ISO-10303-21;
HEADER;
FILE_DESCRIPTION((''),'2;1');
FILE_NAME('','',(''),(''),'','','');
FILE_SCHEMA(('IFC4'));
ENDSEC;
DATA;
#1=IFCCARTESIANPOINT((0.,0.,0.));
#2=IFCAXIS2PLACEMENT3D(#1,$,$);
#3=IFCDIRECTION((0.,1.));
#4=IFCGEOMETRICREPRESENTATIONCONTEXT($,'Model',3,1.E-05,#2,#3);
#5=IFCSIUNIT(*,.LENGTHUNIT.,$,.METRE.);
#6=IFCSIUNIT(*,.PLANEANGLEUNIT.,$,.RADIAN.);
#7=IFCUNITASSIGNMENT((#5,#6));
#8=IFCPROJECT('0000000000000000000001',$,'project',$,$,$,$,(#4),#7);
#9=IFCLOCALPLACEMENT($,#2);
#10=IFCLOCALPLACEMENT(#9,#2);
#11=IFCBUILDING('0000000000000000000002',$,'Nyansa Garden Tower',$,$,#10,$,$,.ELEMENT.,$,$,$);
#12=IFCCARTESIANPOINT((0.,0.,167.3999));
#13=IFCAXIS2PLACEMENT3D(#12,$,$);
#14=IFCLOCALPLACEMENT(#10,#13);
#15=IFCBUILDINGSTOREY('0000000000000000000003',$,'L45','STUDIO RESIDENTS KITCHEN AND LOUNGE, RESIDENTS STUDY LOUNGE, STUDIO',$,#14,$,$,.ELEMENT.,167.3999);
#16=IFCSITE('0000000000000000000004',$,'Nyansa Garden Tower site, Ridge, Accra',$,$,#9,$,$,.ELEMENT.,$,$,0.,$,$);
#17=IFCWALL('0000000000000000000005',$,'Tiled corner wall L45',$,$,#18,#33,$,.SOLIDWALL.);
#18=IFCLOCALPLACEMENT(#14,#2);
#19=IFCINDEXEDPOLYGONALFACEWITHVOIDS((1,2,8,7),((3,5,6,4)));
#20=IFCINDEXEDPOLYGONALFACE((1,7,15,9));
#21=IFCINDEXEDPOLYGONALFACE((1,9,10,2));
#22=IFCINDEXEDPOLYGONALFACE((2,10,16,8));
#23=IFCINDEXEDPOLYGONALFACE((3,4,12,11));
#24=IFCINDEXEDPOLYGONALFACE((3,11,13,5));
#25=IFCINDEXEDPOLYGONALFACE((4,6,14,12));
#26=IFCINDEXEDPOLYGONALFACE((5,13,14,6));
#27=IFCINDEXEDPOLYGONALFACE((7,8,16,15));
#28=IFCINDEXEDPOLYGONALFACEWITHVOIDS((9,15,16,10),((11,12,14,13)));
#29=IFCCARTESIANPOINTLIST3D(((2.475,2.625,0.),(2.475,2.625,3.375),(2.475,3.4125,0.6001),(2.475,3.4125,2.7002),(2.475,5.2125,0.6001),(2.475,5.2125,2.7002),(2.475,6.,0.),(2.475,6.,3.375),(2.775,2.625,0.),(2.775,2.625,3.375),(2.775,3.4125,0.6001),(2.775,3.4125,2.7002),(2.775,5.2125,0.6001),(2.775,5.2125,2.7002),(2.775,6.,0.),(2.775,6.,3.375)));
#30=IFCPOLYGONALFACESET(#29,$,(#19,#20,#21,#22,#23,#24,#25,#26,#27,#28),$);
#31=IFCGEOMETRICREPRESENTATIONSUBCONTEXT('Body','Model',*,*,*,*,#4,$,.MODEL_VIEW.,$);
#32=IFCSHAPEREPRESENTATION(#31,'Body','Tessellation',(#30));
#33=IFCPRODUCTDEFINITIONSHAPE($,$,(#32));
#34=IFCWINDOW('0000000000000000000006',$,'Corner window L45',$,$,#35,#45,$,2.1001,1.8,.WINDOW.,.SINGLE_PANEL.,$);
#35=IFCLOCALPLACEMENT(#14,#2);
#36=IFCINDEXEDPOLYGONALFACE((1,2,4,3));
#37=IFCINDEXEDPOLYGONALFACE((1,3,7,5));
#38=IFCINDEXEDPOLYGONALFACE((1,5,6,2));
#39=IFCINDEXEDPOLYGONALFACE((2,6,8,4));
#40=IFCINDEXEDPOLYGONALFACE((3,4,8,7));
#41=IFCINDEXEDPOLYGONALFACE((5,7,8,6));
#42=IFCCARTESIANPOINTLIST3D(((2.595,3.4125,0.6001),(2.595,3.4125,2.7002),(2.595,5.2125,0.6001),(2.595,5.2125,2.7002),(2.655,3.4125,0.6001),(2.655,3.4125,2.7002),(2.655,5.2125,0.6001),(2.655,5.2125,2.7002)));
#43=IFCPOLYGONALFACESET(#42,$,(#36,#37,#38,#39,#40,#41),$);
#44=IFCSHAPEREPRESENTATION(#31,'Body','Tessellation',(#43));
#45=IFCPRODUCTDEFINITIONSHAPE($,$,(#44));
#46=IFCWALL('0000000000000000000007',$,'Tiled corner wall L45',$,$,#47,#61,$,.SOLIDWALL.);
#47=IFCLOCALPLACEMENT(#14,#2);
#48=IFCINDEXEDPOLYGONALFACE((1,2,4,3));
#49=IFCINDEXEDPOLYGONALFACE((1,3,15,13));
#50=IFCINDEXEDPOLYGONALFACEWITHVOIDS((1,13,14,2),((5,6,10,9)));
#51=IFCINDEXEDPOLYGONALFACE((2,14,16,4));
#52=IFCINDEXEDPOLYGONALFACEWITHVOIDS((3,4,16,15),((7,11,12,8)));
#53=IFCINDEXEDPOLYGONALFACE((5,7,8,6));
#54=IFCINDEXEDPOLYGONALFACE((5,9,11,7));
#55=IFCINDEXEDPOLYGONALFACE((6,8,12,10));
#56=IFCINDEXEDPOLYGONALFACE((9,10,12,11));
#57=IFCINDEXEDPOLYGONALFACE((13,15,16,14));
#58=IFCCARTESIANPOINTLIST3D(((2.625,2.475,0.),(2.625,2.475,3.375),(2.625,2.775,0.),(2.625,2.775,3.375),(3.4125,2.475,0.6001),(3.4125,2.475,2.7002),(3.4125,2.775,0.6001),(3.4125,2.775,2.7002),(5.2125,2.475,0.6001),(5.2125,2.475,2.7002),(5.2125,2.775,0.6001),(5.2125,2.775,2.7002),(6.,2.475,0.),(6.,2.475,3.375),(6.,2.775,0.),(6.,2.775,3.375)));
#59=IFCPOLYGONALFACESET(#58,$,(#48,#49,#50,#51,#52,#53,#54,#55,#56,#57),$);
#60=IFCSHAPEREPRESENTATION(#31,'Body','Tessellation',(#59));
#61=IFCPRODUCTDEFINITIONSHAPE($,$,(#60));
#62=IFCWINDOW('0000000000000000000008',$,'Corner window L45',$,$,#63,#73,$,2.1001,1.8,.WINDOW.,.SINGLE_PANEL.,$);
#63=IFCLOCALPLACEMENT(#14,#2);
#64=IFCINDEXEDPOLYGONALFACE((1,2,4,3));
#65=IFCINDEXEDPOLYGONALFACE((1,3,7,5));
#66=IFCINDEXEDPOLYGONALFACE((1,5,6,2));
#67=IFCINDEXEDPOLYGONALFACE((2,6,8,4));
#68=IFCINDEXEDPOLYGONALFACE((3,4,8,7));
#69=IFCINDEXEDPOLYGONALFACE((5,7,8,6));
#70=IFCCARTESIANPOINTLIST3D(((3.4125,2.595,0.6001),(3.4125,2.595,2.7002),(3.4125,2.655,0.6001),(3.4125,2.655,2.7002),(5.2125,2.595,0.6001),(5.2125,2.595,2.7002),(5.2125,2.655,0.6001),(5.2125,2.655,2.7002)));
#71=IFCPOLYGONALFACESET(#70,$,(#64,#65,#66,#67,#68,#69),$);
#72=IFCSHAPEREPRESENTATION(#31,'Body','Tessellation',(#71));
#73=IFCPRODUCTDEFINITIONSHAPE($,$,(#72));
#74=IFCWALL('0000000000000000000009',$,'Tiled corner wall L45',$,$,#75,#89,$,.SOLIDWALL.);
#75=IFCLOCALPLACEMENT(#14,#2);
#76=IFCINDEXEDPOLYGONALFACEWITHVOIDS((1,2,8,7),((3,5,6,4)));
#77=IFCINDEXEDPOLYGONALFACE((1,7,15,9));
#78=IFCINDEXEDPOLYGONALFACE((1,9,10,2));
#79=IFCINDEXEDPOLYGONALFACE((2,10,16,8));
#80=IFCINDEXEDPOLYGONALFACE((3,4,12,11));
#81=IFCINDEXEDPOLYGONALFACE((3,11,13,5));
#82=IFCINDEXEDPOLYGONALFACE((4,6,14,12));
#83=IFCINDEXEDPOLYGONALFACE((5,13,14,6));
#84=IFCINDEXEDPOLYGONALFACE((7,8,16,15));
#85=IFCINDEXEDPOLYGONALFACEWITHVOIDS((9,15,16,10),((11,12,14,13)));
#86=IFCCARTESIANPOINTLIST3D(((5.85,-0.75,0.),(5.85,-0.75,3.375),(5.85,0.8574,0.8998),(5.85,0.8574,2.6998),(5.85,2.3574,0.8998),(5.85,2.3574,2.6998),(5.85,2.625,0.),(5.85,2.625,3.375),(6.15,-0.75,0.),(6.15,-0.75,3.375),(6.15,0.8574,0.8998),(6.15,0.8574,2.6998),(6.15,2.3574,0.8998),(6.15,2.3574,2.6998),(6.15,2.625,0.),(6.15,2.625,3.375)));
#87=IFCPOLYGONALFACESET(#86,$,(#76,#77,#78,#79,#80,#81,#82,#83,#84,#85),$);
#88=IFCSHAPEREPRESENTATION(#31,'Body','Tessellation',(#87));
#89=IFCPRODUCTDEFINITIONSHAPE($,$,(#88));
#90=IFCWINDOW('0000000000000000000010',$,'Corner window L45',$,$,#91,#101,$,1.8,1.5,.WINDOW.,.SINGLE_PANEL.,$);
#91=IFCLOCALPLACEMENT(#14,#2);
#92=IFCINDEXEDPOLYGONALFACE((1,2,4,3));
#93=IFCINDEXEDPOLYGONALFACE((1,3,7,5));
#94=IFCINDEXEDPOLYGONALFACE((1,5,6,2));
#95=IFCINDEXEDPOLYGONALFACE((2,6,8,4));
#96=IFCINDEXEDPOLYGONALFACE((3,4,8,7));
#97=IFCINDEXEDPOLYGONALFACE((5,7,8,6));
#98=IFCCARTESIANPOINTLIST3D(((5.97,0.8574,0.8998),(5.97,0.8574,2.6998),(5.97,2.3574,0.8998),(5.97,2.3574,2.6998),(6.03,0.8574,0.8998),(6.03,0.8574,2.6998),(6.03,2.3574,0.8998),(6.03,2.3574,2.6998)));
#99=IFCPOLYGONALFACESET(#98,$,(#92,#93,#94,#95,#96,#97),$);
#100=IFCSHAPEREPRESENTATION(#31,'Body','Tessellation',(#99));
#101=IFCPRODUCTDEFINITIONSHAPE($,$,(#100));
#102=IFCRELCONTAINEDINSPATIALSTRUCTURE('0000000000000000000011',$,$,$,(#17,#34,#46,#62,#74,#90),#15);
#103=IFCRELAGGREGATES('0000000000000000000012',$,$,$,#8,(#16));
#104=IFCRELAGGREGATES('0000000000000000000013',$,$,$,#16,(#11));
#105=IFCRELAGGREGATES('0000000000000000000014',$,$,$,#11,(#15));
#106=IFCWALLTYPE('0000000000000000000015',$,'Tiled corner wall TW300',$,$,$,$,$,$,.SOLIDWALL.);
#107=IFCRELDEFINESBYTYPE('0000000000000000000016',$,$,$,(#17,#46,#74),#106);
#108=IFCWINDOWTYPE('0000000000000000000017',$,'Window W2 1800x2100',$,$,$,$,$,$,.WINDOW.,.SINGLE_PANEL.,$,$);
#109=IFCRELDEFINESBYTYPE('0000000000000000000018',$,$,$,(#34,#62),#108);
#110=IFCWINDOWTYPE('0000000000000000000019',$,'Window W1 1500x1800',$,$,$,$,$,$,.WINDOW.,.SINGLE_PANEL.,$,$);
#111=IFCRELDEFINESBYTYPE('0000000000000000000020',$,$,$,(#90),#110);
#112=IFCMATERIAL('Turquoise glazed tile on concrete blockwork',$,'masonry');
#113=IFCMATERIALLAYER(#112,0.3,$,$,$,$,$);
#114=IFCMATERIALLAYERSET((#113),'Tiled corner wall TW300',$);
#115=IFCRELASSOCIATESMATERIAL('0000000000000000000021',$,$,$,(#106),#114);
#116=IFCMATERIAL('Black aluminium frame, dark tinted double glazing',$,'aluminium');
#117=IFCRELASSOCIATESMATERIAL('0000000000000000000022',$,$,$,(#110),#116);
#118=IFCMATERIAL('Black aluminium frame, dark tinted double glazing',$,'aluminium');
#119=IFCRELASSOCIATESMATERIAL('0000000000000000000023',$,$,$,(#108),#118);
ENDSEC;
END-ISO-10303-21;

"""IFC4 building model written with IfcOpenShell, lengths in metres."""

from ifc_helpers import new_model, si_unit, direction, frame, frame_2d, origin, place, context, subcontext, project, spatial, rectangle, extrude, material, layer, layer_set, type_object, element, fill, save


model = new_model("IFC4")

# Units and contexts
model_context = context("Model", 3, precision=1e-05, world=origin(), true_north=direction((0.0, 1.0)))
body_context = subcontext(model_context, "Body", "Model", "MODEL_VIEW")
ifc_project = project(units=[si_unit("LENGTHUNIT", "METRE"), si_unit("PLANEANGLEUNIT", "RADIAN")], contexts=[model_context])

# Site, building, storey
site_placement = place(None, origin())
site = spatial("IfcSite", under=ifc_project, at=site_placement, Name="Nyansa Garden Tower site, Ridge, Accra", CompositionType="ELEMENT", RefElevation=0.0)
building_placement = place(site_placement, origin())
building = spatial("IfcBuilding", under=site, at=building_placement, Name="Nyansa Garden Tower", CompositionType="ELEMENT")
storey_placement = place(building_placement, frame((0.0, 0.0, 167.3999)))
storey = spatial("IfcBuildingStorey", under=building, at=storey_placement, Name="L45", Description="STUDIO RESIDENTS KITCHEN AND LOUNGE, RESIDENTS STUDY LOUNGE, STUDIO", CompositionType="ELEMENT", Elevation=167.3999)

# Walls, openings, windows
ifc_material_1 = material(Name="Turquoise glazed tile on concrete blockwork", Category="masonry")
ifc_layer_1 = layer(ifc_material_1, 0.3)
ifc_layer_set_1 = layer_set([ifc_layer_1], Name="Tiled corner wall TW300")
wall_type = type_object("IfcWallType", Name="Tiled corner wall TW300", PredefinedType="SOLIDWALL", material=ifc_layer_set_1)
ifc_material_2 = material(Name="Black aluminium frame, dark tinted double glazing", Category="aluminium")
window_type_1 = type_object("IfcWindowType", Name="Window W1 1500x1800", PartitioningType="SINGLE_PANEL", PredefinedType="WINDOW", material=ifc_material_2)
wall_1_placement = place(storey_placement, frame((2.625, 6.0, 0.0), z_axis=(0.0, 0.0, 1.0), x_axis=(0.0, -1.0, 0.0)))
wall_1 = element("IfcWall", 1, at=wall_1_placement, inside=storey, type_object=wall_type, Name="Tiled corner wall L45", PredefinedType="SOLIDWALL", context=body_context, shape_type="SweptSolid", body=[
    extrude(rectangle(XDim=3.375, YDim=0.3, at=frame_2d((1.6875, 0.0))), origin(), (0.0, 0.0, 1.0), 3.375),
])
opening_1_placement = place(wall_1_placement, frame((0.7876, 0.0, 0.6001)))
opening_1 = element("IfcOpeningElement", 2, at=opening_1_placement, cuts=wall_1, PredefinedType="OPENING", context=body_context, shape_type="SweptSolid", body=[
    extrude(rectangle(XDim=1.8, YDim=2.1001, at=frame_2d((0.8999, 1.05))), frame((0.0, 0.1599, 0.0), z_axis=(0.0, -1.0, 0.0), x_axis=(1.0, 0.0, 0.0)), (0.0, 0.0, 1.0), 0.3201),
])
ifc_material_3 = material(Name="Black aluminium frame, dark tinted double glazing", Category="aluminium")
window_type_2 = type_object("IfcWindowType", Name="Window W2 1800x2100", PartitioningType="SINGLE_PANEL", PredefinedType="WINDOW", material=ifc_material_3)
window_1_placement = place(opening_1_placement, origin())
window_1 = element("IfcWindow", 3, at=window_1_placement, inside=storey, type_object=window_type_2, Name="Corner window L45", OverallHeight=2.1001, OverallWidth=1.8, PartitioningType="SINGLE_PANEL", PredefinedType="WINDOW", context=body_context, shape_type="SweptSolid", body=[
    extrude(rectangle(XDim=1.8, YDim=2.1001, at=frame_2d((0.8999, 1.05))), frame((0.0, 0.03, 0.0), z_axis=(0.0, -1.0, 0.0), x_axis=(1.0, 0.0, 0.0)), (0.0, 0.0, 1.0), 0.0601),
])
fill(opening_1, window_1)
wall_2_placement = place(storey_placement, frame((2.625, 2.625, 0.0), z_axis=(0.0, 0.0, 1.0), x_axis=(1.0, 0.0, 0.0)))
wall_2 = element("IfcWall", 4, at=wall_2_placement, inside=storey, type_object=wall_type, Name="Tiled corner wall L45", PredefinedType="SOLIDWALL", context=body_context, shape_type="SweptSolid", body=[
    extrude(rectangle(XDim=3.375, YDim=0.3, at=frame_2d((1.6875, 0.0))), origin(), (0.0, 0.0, 1.0), 3.375),
])
opening_2_placement = place(wall_2_placement, frame((0.7876, 0.0, 0.6001)))
opening_2 = element("IfcOpeningElement", 5, at=opening_2_placement, cuts=wall_2, PredefinedType="OPENING", context=body_context, shape_type="SweptSolid", body=[
    extrude(rectangle(XDim=1.8, YDim=2.1001, at=frame_2d((0.8999, 1.05))), frame((0.0, 0.1599, 0.0), z_axis=(0.0, -1.0, 0.0), x_axis=(1.0, 0.0, 0.0)), (0.0, 0.0, 1.0), 0.3201),
])
window_2_placement = place(opening_2_placement, origin())
window_2 = element("IfcWindow", 6, at=window_2_placement, inside=storey, type_object=window_type_2, Name="Corner window L45", OverallHeight=2.1001, OverallWidth=1.8, PartitioningType="SINGLE_PANEL", PredefinedType="WINDOW", context=body_context, shape_type="SweptSolid", body=[
    extrude(rectangle(XDim=1.8, YDim=2.1001, at=frame_2d((0.8999, 1.05))), frame((0.0, 0.03, 0.0), z_axis=(0.0, -1.0, 0.0), x_axis=(1.0, 0.0, 0.0)), (0.0, 0.0, 1.0), 0.0601),
])
fill(opening_2, window_2)
wall_3_placement = place(storey_placement, frame((6.0, 2.625, 0.0), z_axis=(0.0, 0.0, 1.0), x_axis=(0.0, -1.0, 0.0)))
wall_3 = element("IfcWall", 7, at=wall_3_placement, inside=storey, type_object=wall_type, Name="Tiled corner wall L45", PredefinedType="SOLIDWALL", context=body_context, shape_type="SweptSolid", body=[
    extrude(rectangle(XDim=3.375, YDim=0.3, at=frame_2d((1.6875, 0.0))), origin(), (0.0, 0.0, 1.0), 3.375),
])
opening_3_placement = place(wall_3_placement, frame((0.2676, 0.0, 0.8999)))
opening_3 = element("IfcOpeningElement", 8, at=opening_3_placement, cuts=wall_3, PredefinedType="OPENING", context=body_context, shape_type="SweptSolid", body=[
    extrude(rectangle(XDim=1.5, YDim=1.8, at=frame_2d((0.75, 0.8999))), frame((0.0, 0.1599, 0.0), z_axis=(0.0, -1.0, 0.0), x_axis=(1.0, 0.0, 0.0)), (0.0, 0.0, 1.0), 0.3201),
])
window_3_placement = place(opening_3_placement, origin())
window_3 = element("IfcWindow", 9, at=window_3_placement, inside=storey, type_object=window_type_1, Name="Corner window L45", OverallHeight=1.8, OverallWidth=1.5, PartitioningType="SINGLE_PANEL", PredefinedType="WINDOW", context=body_context, shape_type="SweptSolid", body=[
    extrude(rectangle(XDim=1.5, YDim=1.8, at=frame_2d((0.75, 0.8999))), frame((0.0, 0.03, 0.0), z_axis=(0.0, -1.0, 0.0), x_axis=(1.0, 0.0, 0.0)), (0.0, 0.0, 1.0), 0.0601),
])
fill(opening_3, window_3)

save(model, "model.ifc")
